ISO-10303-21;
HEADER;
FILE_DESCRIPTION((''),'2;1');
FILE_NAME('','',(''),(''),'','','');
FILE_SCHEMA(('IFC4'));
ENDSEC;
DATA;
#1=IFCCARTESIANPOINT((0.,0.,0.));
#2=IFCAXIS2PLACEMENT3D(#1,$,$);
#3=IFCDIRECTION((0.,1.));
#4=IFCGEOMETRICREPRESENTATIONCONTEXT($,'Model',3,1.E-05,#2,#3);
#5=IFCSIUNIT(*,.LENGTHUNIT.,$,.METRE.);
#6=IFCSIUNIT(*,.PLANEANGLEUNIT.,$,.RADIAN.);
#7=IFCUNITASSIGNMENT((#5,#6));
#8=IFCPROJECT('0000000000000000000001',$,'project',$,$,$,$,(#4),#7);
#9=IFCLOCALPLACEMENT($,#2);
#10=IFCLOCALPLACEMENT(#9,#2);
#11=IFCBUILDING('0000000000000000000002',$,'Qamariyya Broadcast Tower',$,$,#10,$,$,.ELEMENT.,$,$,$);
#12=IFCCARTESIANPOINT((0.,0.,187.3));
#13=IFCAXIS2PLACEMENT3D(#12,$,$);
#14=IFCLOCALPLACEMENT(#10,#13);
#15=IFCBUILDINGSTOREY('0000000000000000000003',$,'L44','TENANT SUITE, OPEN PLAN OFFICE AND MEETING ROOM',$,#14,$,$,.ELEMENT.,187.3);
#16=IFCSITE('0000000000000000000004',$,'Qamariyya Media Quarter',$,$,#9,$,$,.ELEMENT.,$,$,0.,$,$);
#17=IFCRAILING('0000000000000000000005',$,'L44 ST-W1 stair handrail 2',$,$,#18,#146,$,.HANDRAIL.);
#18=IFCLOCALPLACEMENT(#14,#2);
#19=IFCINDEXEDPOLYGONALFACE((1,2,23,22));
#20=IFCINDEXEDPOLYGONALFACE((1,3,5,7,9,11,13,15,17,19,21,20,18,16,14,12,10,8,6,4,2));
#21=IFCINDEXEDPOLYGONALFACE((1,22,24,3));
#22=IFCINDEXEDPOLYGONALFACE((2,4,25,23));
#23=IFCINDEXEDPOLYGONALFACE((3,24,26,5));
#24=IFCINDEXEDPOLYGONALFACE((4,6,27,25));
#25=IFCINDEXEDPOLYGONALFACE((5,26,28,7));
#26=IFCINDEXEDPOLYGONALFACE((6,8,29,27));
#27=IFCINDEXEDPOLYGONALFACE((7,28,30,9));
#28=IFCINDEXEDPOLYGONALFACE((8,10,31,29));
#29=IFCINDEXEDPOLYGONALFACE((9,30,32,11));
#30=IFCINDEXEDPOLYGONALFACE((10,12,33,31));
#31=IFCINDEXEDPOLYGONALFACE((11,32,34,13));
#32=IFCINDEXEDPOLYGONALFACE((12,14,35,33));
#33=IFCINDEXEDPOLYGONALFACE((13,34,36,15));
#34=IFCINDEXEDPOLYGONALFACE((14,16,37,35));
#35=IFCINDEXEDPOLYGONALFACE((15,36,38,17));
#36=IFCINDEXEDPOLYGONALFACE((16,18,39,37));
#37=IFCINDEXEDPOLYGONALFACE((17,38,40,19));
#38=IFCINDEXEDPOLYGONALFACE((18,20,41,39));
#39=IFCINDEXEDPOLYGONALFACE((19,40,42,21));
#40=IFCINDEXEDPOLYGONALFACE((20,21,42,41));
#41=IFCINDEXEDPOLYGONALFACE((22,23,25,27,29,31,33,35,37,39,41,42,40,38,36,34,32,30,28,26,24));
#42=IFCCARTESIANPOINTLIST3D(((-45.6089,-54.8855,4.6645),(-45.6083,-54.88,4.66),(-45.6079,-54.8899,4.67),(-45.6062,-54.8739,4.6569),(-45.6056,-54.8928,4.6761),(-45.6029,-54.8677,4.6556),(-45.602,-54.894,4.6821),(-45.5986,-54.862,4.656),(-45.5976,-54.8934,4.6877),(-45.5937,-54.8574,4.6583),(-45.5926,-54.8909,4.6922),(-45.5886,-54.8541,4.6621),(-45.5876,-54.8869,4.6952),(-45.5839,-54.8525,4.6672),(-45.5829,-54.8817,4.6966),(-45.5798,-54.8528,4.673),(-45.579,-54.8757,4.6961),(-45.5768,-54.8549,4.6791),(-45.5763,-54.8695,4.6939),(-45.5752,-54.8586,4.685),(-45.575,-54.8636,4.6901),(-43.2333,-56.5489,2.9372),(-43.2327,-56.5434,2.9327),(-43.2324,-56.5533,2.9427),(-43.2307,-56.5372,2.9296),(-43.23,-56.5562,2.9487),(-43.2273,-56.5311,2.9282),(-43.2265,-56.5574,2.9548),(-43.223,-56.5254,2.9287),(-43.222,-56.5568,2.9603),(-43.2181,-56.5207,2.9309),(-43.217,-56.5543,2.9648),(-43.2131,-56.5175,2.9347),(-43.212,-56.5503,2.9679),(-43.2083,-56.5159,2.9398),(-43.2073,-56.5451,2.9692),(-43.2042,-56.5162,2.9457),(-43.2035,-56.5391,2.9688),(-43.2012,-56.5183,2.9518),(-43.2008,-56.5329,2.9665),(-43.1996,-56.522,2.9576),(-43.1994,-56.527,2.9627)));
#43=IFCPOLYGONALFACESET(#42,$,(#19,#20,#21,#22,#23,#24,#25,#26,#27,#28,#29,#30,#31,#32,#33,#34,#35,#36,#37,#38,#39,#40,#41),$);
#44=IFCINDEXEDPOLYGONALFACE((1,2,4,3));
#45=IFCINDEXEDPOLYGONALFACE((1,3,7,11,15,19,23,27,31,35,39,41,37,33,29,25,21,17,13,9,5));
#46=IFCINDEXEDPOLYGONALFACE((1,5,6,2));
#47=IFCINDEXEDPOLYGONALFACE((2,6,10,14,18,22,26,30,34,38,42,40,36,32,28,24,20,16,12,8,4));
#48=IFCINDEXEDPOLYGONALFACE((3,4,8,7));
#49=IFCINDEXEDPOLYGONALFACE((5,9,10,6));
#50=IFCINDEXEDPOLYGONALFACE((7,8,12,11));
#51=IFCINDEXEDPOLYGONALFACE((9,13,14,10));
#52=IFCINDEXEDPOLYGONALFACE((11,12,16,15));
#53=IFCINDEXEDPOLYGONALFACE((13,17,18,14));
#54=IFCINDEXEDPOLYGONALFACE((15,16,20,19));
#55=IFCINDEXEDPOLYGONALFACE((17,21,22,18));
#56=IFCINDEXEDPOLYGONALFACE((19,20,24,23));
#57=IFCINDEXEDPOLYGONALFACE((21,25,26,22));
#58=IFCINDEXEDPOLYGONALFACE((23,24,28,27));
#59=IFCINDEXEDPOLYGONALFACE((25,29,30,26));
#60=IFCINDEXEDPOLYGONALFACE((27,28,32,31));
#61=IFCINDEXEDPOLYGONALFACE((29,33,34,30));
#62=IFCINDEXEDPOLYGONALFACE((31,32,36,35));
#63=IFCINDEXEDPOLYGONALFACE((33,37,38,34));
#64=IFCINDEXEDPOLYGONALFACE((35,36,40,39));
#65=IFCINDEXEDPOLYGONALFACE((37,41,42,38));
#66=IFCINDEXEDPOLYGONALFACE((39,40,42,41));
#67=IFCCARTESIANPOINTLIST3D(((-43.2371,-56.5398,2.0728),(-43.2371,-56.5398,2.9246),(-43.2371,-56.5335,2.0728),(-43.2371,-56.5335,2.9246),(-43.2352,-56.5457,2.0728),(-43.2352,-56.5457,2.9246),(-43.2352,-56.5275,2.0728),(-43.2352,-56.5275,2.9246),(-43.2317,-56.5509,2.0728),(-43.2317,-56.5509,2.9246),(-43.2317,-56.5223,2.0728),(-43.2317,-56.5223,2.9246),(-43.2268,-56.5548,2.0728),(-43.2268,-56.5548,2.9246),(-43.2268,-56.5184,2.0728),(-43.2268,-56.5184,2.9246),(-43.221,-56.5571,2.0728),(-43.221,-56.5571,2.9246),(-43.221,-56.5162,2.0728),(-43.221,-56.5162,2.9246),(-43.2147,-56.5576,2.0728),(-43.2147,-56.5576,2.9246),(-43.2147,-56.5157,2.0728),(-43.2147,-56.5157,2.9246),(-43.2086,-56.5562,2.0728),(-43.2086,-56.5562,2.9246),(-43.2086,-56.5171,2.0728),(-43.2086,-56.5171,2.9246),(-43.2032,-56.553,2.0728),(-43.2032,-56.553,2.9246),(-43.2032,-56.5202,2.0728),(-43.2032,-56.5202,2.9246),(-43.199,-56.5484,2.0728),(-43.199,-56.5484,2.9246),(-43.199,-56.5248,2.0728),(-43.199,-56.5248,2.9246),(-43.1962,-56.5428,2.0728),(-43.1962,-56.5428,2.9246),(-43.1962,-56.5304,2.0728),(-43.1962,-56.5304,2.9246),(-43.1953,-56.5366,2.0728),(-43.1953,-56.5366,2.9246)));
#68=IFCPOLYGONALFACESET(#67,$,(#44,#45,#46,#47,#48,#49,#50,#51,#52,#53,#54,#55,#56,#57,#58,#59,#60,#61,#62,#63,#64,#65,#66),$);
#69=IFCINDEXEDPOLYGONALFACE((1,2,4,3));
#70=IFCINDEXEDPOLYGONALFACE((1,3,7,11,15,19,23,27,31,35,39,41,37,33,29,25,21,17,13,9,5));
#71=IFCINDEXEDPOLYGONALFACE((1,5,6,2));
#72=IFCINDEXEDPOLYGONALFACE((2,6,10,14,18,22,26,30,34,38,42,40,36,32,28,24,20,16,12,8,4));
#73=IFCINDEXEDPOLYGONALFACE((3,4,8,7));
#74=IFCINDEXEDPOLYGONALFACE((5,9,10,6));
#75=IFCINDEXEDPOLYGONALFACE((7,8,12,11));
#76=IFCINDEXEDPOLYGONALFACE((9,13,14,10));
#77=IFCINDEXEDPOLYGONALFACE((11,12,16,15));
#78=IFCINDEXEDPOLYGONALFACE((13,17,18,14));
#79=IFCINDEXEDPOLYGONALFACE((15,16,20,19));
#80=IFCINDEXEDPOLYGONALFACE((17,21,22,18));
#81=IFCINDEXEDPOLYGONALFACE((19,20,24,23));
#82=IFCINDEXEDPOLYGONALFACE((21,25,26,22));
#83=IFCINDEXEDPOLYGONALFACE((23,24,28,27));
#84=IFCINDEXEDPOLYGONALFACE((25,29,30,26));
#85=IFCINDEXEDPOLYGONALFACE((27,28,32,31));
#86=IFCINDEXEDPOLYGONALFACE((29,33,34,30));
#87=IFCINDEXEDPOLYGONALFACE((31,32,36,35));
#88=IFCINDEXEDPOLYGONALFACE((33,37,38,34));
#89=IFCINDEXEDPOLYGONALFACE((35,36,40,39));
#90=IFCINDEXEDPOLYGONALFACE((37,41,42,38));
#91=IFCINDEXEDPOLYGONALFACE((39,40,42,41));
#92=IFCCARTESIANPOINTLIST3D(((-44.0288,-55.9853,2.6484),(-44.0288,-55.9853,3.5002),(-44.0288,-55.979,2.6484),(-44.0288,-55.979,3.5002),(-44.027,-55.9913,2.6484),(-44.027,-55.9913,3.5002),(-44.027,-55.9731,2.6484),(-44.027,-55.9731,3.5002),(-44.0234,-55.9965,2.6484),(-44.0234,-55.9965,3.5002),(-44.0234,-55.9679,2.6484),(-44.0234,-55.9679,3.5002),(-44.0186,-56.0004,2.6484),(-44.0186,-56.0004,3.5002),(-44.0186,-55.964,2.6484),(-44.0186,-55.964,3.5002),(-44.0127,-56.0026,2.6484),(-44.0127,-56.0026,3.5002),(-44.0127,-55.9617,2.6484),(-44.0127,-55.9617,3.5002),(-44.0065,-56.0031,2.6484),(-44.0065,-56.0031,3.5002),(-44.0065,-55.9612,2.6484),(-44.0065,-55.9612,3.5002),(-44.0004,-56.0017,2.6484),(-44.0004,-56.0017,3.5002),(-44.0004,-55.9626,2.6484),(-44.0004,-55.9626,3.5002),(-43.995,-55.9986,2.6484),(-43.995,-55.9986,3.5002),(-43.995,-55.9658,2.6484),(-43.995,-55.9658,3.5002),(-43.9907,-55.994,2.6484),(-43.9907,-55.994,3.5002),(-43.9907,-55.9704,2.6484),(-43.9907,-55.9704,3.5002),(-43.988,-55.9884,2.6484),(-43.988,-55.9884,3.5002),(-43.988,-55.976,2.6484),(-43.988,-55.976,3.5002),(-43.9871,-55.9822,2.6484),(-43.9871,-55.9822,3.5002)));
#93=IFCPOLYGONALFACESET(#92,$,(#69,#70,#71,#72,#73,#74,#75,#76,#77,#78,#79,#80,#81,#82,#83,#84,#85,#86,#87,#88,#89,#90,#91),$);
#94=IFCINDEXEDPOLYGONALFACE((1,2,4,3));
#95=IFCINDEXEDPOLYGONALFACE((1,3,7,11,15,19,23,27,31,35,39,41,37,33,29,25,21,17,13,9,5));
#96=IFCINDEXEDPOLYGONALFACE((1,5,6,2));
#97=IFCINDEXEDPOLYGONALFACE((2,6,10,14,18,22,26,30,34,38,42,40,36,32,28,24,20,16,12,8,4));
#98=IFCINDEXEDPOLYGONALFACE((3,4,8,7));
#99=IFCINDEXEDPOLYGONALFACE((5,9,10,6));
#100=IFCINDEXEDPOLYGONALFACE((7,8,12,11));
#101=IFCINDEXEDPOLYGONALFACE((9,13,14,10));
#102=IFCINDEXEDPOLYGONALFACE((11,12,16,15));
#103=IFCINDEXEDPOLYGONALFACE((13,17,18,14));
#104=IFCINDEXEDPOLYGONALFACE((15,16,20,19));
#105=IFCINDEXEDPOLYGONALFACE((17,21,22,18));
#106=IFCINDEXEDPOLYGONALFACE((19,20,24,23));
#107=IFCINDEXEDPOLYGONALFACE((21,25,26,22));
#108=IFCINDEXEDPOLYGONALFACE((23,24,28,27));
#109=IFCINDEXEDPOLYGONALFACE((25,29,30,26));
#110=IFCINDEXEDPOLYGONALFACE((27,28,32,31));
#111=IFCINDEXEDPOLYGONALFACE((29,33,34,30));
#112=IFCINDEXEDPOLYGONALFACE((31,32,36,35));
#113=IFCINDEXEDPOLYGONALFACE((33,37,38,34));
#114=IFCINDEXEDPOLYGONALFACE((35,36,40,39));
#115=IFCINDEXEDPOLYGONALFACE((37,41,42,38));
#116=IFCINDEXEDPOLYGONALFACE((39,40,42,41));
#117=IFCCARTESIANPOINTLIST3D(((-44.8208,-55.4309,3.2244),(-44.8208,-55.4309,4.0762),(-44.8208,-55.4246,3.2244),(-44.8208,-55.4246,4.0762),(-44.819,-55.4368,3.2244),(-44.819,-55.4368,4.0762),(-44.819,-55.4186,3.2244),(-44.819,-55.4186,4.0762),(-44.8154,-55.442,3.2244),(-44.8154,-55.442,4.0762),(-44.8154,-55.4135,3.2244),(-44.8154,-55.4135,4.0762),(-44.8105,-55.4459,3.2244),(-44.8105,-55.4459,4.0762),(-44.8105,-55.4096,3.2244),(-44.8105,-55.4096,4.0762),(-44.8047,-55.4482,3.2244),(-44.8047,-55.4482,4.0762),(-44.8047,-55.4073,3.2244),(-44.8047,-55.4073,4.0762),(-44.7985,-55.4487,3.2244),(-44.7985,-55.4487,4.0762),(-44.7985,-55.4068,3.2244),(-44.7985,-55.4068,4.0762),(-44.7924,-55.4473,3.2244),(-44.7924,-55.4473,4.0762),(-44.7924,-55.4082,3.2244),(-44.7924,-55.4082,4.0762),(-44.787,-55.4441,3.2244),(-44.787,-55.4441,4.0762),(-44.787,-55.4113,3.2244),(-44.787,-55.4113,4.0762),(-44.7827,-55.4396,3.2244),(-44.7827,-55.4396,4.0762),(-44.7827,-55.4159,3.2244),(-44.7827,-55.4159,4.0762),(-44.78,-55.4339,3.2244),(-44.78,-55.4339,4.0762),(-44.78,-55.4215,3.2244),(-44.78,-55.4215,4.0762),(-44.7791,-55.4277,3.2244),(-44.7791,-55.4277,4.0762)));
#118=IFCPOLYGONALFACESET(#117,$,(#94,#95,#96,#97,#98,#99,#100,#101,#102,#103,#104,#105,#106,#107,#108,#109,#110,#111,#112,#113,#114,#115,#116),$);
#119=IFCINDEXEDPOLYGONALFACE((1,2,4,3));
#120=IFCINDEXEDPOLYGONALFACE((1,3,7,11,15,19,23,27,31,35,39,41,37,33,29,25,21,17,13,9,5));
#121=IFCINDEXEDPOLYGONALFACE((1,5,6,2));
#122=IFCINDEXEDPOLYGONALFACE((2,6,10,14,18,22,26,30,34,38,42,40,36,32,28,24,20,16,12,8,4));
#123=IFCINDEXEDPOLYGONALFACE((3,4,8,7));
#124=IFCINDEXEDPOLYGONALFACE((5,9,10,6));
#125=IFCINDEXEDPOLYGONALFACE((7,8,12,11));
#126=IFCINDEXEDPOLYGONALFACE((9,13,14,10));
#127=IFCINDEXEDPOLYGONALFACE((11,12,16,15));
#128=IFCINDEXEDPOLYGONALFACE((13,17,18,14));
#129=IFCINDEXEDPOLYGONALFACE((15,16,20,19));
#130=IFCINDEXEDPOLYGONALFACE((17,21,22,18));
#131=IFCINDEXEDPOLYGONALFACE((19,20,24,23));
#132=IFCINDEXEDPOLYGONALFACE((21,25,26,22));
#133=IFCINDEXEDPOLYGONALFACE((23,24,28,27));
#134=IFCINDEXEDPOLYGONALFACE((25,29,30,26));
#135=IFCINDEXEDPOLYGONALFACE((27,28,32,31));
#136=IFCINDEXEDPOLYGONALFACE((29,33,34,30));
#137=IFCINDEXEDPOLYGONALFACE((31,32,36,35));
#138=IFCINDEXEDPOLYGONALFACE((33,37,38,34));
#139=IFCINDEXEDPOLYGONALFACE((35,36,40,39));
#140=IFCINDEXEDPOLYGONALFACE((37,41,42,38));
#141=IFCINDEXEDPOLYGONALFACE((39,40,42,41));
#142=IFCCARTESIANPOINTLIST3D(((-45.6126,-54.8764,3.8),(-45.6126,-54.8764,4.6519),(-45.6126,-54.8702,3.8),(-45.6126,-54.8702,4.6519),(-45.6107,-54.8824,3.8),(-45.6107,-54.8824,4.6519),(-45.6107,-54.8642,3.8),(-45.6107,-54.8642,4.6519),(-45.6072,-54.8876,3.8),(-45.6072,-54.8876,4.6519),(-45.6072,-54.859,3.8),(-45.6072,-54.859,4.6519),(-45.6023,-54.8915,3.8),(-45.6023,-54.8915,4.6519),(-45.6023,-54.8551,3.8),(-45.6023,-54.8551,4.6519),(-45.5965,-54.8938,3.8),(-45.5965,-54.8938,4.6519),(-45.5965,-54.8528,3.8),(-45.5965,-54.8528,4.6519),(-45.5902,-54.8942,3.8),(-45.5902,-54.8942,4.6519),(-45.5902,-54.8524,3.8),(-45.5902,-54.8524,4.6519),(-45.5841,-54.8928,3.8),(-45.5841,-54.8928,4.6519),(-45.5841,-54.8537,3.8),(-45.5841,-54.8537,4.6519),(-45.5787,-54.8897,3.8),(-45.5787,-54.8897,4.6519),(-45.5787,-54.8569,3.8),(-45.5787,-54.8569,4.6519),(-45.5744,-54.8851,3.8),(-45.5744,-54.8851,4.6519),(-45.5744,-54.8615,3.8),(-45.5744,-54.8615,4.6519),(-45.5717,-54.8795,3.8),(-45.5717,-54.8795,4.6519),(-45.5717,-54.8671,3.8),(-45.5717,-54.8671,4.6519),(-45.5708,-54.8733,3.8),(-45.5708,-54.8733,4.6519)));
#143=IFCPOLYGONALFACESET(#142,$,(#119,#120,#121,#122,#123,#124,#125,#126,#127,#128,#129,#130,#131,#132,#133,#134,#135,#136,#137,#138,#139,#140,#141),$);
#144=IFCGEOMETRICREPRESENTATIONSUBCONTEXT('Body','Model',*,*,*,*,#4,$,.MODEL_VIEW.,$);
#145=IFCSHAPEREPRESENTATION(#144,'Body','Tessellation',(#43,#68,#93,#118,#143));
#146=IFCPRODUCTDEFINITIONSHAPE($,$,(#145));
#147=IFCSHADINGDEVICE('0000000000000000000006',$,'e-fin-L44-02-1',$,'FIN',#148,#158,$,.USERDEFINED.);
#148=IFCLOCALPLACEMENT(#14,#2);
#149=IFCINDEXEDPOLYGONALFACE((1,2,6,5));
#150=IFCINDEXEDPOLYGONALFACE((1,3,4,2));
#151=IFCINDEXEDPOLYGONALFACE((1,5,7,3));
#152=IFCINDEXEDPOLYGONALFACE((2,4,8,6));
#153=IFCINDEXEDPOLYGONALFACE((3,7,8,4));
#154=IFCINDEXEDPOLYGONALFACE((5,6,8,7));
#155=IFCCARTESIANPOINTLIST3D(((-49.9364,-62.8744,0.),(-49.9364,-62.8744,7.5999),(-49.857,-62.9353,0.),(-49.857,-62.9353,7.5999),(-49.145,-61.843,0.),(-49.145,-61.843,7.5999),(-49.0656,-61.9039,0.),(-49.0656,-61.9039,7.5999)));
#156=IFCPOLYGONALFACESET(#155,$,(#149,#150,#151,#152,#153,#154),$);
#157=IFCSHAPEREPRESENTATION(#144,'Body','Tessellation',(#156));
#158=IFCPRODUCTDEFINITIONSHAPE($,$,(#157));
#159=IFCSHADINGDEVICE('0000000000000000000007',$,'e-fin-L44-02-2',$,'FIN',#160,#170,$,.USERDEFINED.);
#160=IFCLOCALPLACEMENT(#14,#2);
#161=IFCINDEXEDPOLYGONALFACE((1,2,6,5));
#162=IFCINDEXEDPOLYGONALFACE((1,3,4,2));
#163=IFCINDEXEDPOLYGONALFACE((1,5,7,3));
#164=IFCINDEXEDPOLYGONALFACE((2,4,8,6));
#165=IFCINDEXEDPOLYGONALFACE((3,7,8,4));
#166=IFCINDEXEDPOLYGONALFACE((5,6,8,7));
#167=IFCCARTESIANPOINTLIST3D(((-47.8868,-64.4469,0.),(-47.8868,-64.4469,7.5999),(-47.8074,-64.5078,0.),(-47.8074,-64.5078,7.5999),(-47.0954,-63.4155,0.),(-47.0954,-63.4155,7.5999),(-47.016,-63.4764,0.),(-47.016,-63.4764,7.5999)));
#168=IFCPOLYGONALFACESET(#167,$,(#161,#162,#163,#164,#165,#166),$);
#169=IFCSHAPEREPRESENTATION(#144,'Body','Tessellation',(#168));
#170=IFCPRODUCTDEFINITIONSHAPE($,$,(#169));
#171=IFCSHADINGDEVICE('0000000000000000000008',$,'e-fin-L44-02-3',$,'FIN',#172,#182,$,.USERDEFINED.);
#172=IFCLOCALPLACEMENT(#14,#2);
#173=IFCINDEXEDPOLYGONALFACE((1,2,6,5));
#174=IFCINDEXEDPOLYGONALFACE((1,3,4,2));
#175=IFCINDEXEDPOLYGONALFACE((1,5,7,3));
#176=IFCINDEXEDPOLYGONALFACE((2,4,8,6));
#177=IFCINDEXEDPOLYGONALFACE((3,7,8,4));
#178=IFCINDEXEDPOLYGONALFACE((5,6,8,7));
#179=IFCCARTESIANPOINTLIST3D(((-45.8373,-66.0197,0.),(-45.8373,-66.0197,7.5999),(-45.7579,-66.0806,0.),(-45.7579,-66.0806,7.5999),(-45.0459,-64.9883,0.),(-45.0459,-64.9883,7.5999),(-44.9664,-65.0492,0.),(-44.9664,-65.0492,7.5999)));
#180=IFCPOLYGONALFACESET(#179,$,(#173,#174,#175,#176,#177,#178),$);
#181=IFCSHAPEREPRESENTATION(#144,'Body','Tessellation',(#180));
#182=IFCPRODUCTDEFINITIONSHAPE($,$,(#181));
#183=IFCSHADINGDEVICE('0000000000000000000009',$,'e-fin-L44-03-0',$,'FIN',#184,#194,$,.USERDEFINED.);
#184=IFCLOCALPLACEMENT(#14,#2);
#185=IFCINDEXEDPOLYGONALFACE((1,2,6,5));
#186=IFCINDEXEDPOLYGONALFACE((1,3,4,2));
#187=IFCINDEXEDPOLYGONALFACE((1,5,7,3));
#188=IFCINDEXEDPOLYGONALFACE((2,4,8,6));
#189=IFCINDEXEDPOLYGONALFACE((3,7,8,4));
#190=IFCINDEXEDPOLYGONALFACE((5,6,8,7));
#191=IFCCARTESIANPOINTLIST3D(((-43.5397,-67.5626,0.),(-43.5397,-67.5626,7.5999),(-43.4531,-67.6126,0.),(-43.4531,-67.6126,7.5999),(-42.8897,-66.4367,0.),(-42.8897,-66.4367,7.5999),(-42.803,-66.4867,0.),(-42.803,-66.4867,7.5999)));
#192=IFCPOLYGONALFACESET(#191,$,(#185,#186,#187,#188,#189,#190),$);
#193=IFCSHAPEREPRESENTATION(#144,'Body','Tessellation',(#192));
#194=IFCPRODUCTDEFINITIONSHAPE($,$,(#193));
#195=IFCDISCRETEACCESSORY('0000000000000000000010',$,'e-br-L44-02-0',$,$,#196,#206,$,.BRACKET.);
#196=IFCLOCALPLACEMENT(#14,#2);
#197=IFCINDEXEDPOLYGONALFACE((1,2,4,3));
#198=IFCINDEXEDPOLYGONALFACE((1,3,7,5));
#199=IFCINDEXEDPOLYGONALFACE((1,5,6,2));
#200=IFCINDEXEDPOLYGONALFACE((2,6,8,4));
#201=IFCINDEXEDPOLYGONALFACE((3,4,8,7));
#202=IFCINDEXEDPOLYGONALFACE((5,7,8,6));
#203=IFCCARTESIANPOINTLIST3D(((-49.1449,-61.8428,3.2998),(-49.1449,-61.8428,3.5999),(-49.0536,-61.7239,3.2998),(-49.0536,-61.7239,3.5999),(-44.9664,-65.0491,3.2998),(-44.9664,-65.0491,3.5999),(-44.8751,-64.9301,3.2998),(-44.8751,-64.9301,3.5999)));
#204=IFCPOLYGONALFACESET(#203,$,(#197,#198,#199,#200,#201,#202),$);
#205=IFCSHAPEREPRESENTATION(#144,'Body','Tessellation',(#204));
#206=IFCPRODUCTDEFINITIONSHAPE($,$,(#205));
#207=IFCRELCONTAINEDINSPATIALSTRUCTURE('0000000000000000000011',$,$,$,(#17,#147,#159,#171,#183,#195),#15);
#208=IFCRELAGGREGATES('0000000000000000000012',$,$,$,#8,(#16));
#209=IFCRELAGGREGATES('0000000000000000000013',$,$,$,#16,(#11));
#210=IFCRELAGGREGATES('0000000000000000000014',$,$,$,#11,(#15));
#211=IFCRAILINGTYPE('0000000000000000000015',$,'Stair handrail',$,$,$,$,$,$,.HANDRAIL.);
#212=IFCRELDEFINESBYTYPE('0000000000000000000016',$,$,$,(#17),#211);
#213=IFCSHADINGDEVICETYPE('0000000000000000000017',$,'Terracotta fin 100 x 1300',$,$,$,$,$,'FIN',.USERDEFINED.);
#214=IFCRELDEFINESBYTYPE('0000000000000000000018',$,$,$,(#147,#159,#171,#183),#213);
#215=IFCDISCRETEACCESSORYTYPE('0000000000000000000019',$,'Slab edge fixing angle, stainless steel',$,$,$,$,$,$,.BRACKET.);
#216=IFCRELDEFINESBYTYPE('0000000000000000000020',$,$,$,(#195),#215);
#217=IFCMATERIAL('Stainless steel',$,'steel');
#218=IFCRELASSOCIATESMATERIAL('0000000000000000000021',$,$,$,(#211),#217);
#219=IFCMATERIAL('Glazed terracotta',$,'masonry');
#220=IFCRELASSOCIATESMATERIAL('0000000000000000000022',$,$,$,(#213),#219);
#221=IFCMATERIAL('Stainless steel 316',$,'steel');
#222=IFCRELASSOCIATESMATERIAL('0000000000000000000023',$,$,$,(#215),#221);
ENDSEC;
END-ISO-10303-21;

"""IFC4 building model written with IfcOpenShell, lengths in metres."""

from ifc_helpers import new_model, si_unit, direction, frame, origin, origin_2d, place, context, subcontext, project, spatial, rectangle, circle, extrude, material, material_profile, profile_set, type_object, element, save


model = new_model("IFC4")

# Units and contexts
model_context = context("Model", 3, precision=1e-05, world=origin(), true_north=direction((0.0, 1.0)))
body_context = subcontext(model_context, "Body", "Model", "MODEL_VIEW")
ifc_project = project(units=[si_unit("LENGTHUNIT", "METRE"), si_unit("PLANEANGLEUNIT", "RADIAN")], contexts=[model_context])

# Site, building, storey
site_placement = place(None, origin())
site = spatial("IfcSite", under=ifc_project, at=site_placement, Name="Qamariyya Media Quarter", CompositionType="ELEMENT", RefElevation=0.0)
building_placement = place(site_placement, origin())
building = spatial("IfcBuilding", under=site, at=building_placement, Name="Qamariyya Broadcast Tower", CompositionType="ELEMENT")
storey_placement = place(building_placement, frame((0.0, 0.0, 187.3)))
storey = spatial("IfcBuildingStorey", under=building, at=storey_placement, Name="L44", Description="TENANT SUITE, OPEN PLAN OFFICE AND MEETING ROOM", CompositionType="ELEMENT", Elevation=187.3)

# Railing
ifc_material_1 = material(Name="Stainless steel", Category="steel")
railing_type_1 = type_object("IfcRailingType", Name="Stair handrail", PredefinedType="HANDRAIL", material=ifc_material_1)
railing_1_placement = place(storey_placement, frame((-43.2163, -56.5366, 2.0728)))
element("IfcRailing", 1, at=railing_1_placement, inside=storey, type_object=railing_type_1, Name="L44 ST-W1 stair handrail 2", PredefinedType="HANDRAIL", context=body_context, shape_type="SweptSolid", body=[
    extrude(circle(Radius=0.0239, at=origin_2d()), frame((0.0, 0.0, 0.876), z_axis=(-0.70377, 0.492784, 0.511734), x_axis=(-0.573575, -0.819153, 0.0)), (0.0, 0.0, 1.0), 3.3755),
    extrude(circle(Radius=0.021, at=origin_2d()), origin(), (0.0, 0.0, 1.0), 0.8518),
    extrude(circle(Radius=0.021, at=origin_2d()), frame((-0.7917, 0.5544, 0.5757)), (0.0, 0.0, 1.0), 0.8518),
    extrude(circle(Radius=0.021, at=origin_2d()), frame((-1.5837, 1.1089, 1.1516)), (0.0, 0.0, 1.0), 0.8518),
    extrude(circle(Radius=0.021, at=origin_2d()), frame((-2.3755, 1.6633, 1.7273)), (0.0, 0.0, 1.0), 0.8518),
])

# Shading devices
ifc_material_2 = material(Name="Glazed terracotta", Category="masonry")
ifc_material_profile_1 = material_profile(ifc_material_2, rectangle(XDim=1.3, YDim=0.1001, at=origin_2d()))
ifc_profile_set_1 = profile_set([ifc_material_profile_1], Name="Glazed terracotta")
shading_device_type = type_object("IfcShadingDeviceType", Name="Terracotta fin 100 x 1300", ElementType="FIN", PredefinedType="USERDEFINED", material=ifc_profile_set_1)
for number, where, z_axis, x_axis, name in (
    (2, (-49.501, -62.3892, 0.0), (0.0, 0.0, 1.0), (-0.608761, -0.793353, 0.0), "e-fin-L44-02-1"),
    (3, (-47.4514, -63.9617, 0.0), (0.0, 0.0, 1.0), (-0.608761, -0.793353, 0.0), "e-fin-L44-02-2"),
    (4, (-45.4019, -65.5344, 0.0), (0.0, 0.0, 1.0), (-0.608761, -0.793353, 0.0), "e-fin-L44-02-3"),
    (5, (-43.1714, -67.0247, 0.0), (0.0, 0.0, 1.0), (-0.5, -0.866025, 0.0), "e-fin-L44-03-0"),
):
    element("IfcShadingDevice", number, at=place(storey_placement, frame(where, z_axis=z_axis, x_axis=x_axis)), inside=storey, type_object=shading_device_type, Name=name, ObjectType="FIN", PredefinedType="USERDEFINED", context=body_context, shape_type="SweptSolid", body=[
        extrude(rectangle(XDim=1.3, YDim=0.1001, at=origin_2d()), origin(), (0.0, 0.0, 1.0), 7.5999),
    ])

# Discrete accessory
ifc_material_3 = material(Name="Stainless steel 316", Category="steel")
discrete_accessory_type = type_object("IfcDiscreteAccessoryType", Name="Slab edge fixing angle, stainless steel", PredefinedType="BRACKET", material=ifc_material_3)
discrete_accessory_placement = place(storey_placement, frame((-47.01, -63.3865, 3.2998), z_axis=(0.0, 0.0, 1.0), x_axis=(0.793353, -0.608761, 0.0)))
element("IfcDiscreteAccessory", 6, at=discrete_accessory_placement, inside=storey, type_object=discrete_accessory_type, Name="e-br-L44-02-0", PredefinedType="BRACKET", context=body_context, shape_type="SweptSolid", body=[
    extrude(rectangle(XDim=5.2668, YDim=0.1499, at=origin_2d()), origin(), (0.0, 0.0, 1.0), 0.3),
])

save(model, "model.ifc")
